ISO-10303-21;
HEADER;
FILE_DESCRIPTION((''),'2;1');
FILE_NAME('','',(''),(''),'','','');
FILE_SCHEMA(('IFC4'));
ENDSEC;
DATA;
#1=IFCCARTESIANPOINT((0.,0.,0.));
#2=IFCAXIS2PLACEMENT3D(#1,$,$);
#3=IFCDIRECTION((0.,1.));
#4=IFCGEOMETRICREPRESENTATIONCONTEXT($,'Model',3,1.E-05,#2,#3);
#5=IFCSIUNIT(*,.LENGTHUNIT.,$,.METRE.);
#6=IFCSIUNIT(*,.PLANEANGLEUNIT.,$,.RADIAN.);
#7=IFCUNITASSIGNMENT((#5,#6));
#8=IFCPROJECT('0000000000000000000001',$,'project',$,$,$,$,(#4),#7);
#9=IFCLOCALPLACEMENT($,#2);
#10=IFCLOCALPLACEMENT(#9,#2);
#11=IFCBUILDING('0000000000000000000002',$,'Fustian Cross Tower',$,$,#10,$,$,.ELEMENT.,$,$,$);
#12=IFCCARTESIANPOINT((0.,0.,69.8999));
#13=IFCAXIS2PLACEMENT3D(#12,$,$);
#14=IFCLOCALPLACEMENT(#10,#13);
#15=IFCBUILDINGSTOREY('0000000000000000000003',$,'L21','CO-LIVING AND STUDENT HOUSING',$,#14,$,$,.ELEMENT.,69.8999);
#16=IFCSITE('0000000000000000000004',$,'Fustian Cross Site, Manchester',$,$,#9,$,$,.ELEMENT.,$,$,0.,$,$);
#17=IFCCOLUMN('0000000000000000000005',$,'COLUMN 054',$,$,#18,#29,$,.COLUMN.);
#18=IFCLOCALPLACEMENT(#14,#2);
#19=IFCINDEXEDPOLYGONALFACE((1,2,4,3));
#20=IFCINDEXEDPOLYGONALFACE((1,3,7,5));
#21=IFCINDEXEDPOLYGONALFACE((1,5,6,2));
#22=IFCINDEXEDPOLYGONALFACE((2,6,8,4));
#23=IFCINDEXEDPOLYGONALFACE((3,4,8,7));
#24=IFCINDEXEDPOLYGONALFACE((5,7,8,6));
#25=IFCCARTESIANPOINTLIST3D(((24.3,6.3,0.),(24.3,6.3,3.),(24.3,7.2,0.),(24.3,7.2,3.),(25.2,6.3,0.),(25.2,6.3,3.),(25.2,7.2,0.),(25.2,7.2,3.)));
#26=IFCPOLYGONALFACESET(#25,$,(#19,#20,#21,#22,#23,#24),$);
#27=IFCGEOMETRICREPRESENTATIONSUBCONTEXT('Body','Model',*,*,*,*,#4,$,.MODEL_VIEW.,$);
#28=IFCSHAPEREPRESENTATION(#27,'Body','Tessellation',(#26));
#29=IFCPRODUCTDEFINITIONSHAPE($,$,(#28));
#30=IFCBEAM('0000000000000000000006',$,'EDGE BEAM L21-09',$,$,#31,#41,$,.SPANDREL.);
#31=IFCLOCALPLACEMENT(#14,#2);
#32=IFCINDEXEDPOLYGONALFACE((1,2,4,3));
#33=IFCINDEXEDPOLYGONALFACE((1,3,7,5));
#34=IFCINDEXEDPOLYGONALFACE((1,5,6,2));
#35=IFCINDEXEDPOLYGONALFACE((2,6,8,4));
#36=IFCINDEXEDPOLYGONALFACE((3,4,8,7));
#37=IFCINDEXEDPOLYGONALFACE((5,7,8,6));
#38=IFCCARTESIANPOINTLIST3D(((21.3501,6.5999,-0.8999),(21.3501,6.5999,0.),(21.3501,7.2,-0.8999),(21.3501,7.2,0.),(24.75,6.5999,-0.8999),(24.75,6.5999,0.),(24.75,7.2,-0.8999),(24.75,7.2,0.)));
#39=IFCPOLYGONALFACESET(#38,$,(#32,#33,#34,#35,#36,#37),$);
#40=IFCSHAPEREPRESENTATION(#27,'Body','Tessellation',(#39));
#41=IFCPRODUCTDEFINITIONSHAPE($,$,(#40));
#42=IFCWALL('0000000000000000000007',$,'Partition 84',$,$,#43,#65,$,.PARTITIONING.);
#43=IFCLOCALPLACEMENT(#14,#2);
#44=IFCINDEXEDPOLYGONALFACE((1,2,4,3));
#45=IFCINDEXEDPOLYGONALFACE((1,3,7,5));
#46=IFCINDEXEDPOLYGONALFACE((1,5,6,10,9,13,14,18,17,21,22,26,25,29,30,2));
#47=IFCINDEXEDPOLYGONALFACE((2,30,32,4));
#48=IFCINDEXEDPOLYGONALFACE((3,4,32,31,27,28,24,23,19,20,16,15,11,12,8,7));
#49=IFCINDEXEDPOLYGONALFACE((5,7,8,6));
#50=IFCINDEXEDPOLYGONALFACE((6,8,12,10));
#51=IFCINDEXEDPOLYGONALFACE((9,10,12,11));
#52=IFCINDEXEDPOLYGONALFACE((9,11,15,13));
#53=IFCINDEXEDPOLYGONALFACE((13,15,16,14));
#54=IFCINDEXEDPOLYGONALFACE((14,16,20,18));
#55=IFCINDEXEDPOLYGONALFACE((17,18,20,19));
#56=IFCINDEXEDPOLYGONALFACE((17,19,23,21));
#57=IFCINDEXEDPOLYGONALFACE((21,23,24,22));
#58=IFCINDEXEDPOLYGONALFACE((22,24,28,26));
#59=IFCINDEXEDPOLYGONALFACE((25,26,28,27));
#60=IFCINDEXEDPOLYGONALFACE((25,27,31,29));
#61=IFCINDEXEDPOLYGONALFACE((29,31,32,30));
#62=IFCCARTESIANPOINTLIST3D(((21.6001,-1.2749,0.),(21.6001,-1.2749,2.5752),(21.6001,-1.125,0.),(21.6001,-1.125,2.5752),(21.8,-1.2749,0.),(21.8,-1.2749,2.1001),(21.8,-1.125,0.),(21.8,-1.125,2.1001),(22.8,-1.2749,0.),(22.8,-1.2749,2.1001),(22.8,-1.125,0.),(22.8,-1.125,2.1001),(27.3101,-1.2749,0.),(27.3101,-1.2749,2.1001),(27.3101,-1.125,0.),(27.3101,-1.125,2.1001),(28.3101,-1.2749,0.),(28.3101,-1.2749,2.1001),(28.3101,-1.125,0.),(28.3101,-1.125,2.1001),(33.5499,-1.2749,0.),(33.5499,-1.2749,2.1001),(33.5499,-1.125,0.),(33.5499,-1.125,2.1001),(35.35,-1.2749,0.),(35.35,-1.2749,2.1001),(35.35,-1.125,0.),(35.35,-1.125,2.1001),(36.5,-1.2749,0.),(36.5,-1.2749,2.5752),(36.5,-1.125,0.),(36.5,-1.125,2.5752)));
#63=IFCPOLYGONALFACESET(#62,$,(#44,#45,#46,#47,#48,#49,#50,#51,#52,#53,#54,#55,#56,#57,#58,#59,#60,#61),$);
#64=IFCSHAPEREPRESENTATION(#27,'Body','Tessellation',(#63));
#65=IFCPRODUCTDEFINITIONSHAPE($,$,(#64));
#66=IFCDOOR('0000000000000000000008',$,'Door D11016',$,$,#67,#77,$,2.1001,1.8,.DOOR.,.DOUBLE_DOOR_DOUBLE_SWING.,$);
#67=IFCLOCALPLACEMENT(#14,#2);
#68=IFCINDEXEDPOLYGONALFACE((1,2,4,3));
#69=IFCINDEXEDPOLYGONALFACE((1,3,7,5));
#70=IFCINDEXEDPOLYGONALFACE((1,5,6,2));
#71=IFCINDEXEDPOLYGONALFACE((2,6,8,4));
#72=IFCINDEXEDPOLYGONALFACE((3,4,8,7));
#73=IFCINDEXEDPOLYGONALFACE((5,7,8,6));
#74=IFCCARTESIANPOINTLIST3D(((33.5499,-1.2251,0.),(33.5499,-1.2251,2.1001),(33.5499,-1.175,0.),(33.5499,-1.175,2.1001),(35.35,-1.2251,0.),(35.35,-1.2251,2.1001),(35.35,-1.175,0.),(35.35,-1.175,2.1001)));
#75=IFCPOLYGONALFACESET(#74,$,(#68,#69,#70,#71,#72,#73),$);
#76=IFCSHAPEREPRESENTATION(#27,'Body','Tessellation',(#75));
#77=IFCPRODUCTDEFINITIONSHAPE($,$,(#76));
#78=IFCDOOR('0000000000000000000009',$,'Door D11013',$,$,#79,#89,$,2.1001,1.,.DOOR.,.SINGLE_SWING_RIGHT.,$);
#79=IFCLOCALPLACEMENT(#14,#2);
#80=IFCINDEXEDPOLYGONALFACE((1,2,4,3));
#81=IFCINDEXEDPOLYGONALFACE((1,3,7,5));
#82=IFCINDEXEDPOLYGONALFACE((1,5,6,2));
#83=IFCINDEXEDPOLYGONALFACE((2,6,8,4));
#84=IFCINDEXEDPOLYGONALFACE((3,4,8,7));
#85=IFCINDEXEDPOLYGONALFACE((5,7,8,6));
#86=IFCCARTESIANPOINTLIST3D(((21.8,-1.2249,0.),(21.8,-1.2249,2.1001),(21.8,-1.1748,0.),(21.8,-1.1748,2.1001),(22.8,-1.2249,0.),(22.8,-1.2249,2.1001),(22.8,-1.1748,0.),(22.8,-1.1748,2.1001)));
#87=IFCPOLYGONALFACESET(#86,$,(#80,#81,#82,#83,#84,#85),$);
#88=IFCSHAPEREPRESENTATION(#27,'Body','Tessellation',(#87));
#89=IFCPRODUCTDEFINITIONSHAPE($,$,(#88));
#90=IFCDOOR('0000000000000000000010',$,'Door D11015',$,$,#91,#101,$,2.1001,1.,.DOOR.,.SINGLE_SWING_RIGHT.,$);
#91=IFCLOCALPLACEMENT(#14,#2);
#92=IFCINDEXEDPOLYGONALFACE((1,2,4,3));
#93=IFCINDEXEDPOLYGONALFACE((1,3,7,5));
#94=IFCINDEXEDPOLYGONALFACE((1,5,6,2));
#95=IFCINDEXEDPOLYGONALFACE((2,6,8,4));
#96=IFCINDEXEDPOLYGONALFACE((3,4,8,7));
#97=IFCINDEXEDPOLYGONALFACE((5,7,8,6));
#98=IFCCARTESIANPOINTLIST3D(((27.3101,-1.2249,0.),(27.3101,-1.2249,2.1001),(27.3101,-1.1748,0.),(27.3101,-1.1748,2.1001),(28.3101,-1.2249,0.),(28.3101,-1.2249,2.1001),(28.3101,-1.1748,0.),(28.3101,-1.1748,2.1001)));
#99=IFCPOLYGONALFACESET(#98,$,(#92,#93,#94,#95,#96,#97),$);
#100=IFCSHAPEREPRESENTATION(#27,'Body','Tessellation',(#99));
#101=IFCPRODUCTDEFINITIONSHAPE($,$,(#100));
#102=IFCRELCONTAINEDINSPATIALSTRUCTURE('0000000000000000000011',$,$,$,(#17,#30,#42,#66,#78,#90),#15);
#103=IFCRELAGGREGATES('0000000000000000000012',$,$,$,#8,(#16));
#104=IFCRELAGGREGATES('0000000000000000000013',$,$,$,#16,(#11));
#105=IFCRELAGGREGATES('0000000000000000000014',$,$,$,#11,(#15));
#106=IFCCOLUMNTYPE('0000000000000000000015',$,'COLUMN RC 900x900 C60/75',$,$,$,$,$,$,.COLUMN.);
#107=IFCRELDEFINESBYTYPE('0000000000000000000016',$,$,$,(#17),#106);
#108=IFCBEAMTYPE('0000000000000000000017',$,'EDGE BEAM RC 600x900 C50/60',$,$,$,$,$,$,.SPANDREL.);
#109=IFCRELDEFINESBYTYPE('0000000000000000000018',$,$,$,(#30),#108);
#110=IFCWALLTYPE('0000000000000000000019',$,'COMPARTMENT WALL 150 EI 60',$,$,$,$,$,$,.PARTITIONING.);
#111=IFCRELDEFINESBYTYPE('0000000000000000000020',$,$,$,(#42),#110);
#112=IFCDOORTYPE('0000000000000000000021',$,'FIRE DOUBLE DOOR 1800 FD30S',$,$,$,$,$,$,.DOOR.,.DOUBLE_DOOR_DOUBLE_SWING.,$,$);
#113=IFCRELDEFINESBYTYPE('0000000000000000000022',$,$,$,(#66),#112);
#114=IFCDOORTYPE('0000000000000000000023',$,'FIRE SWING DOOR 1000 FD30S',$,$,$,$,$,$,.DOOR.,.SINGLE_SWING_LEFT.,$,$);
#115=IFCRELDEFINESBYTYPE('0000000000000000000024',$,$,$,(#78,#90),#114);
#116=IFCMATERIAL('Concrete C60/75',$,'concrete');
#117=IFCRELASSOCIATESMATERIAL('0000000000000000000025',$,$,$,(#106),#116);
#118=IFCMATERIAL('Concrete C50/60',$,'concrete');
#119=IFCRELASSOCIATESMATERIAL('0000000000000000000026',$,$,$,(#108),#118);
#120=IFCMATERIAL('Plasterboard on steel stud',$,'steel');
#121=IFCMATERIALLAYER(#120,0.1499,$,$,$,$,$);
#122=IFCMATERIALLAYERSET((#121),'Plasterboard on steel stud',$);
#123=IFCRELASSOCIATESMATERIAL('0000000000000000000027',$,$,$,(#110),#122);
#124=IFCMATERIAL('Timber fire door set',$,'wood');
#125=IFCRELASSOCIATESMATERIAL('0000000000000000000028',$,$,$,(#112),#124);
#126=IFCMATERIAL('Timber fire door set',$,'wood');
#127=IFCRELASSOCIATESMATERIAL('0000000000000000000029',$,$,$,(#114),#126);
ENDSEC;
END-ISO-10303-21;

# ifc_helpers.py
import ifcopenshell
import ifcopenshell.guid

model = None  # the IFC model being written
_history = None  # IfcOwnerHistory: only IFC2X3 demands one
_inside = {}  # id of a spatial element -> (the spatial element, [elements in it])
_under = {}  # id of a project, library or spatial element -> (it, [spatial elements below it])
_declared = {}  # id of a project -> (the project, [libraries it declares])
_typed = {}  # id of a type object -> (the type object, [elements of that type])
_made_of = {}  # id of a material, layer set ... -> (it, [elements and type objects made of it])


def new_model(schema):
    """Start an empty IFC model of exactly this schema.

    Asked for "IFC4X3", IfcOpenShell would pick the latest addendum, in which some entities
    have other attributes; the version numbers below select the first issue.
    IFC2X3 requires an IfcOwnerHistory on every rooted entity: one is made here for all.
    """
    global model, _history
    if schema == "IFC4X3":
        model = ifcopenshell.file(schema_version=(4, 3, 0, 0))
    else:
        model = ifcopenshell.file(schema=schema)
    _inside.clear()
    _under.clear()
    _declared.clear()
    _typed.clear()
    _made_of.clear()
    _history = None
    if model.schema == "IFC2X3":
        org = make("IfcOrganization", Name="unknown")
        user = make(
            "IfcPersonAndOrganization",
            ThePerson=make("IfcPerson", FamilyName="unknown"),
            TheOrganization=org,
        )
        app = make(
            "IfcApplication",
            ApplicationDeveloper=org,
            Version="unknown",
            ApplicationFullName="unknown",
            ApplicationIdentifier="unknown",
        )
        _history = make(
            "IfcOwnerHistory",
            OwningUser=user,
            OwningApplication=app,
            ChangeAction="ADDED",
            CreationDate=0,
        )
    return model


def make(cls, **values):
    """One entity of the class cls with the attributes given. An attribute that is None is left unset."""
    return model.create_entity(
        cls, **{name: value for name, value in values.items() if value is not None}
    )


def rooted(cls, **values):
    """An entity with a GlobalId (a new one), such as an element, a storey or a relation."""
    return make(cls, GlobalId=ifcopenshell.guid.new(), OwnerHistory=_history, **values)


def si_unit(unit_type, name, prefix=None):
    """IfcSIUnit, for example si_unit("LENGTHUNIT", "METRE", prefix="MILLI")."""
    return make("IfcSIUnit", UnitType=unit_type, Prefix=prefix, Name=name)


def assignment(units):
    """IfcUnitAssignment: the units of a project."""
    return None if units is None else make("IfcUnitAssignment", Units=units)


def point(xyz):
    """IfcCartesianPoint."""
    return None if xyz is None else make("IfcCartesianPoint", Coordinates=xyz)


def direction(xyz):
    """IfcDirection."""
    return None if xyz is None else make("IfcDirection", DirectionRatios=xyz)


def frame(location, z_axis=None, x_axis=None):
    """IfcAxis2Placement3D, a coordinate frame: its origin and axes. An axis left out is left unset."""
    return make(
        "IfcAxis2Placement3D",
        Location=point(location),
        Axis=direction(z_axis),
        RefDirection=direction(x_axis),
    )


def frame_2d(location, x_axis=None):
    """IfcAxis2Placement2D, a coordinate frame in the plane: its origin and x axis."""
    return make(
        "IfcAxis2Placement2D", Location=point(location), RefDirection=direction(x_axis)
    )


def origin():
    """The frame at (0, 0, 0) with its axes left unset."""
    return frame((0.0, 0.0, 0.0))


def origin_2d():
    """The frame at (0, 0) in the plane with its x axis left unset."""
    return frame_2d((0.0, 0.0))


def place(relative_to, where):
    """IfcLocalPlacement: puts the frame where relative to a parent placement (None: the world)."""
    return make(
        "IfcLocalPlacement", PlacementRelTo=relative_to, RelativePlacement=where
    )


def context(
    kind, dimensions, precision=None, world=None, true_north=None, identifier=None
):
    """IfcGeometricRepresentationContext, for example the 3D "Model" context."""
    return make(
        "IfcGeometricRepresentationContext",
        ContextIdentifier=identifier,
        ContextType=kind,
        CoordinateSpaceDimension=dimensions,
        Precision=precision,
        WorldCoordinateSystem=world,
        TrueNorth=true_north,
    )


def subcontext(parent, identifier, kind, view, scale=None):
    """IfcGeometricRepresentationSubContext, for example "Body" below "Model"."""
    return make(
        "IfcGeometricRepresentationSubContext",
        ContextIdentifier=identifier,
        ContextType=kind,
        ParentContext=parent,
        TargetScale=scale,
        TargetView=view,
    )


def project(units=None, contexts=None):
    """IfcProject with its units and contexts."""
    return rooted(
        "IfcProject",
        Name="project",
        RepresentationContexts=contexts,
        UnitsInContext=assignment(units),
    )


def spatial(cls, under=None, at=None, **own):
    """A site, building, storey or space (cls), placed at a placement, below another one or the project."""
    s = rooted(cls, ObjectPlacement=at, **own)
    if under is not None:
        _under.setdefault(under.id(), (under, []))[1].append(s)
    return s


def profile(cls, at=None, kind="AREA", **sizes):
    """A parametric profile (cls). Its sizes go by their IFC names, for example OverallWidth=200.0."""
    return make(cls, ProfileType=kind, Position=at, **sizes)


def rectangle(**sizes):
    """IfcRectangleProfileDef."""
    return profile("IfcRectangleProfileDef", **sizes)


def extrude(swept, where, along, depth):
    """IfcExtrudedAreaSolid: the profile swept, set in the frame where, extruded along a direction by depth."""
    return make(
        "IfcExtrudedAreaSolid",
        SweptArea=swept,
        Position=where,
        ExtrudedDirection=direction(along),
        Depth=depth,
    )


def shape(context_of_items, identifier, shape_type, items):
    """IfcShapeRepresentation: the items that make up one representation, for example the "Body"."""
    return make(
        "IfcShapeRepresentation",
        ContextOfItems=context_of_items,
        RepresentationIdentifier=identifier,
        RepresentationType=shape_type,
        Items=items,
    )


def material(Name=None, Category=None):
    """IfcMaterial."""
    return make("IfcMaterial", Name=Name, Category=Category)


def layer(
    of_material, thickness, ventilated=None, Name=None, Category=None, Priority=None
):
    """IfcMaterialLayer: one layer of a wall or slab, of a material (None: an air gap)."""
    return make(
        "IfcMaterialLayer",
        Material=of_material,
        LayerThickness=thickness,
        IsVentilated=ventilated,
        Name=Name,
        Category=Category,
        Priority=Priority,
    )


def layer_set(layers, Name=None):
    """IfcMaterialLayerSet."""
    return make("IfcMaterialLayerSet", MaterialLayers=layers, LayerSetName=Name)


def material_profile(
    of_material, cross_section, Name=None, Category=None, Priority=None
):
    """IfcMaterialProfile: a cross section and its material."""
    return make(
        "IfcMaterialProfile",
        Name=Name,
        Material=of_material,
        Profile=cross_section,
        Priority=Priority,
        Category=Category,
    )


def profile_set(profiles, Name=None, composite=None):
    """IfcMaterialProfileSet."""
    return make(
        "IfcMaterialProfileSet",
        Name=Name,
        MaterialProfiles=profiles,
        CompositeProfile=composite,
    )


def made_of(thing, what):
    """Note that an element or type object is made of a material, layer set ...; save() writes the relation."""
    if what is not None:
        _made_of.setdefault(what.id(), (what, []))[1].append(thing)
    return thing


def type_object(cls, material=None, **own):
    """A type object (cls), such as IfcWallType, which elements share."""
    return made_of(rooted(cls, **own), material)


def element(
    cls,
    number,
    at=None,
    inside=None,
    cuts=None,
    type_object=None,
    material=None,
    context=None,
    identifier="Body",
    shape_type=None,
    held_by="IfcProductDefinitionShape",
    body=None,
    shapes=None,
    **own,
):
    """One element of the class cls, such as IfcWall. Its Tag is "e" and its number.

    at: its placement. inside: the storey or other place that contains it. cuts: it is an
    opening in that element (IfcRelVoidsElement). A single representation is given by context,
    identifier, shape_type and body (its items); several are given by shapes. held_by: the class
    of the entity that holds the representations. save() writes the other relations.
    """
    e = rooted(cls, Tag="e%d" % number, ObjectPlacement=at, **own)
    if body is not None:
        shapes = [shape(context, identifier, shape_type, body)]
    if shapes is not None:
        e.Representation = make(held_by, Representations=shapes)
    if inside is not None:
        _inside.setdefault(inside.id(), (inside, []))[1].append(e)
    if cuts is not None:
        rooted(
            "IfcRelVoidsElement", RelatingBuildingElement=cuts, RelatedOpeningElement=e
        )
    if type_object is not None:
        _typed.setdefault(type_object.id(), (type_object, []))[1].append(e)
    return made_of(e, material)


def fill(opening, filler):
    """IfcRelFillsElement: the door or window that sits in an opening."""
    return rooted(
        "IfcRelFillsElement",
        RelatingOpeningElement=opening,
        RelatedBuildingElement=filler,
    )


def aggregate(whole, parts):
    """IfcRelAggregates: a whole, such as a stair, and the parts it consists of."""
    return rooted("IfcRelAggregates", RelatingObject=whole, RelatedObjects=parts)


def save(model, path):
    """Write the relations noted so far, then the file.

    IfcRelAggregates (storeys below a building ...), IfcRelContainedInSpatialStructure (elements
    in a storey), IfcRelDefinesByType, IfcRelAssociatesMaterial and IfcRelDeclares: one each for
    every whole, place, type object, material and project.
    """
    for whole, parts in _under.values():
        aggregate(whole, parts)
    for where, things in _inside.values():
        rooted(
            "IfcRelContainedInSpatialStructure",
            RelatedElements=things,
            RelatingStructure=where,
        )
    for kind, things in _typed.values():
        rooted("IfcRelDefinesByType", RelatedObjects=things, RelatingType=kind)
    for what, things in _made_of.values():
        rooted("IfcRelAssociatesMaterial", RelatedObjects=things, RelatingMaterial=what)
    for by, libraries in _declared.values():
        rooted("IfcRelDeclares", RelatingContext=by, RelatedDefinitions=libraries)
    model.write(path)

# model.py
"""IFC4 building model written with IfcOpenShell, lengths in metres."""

from ifc_helpers import new_model, si_unit, direction, frame, frame_2d, origin, origin_2d, place, context, subcontext, project, spatial, rectangle, extrude, material, layer, layer_set, material_profile, profile_set, type_object, element, fill, save


model = new_model("IFC4")

# Units and contexts
model_context = context("Model", 3, precision=1e-05, world=origin(), true_north=direction((0.0, 1.0)))
body_context = subcontext(model_context, "Body", "Model", "MODEL_VIEW")
ifc_project = project(units=[si_unit("LENGTHUNIT", "METRE"), si_unit("PLANEANGLEUNIT", "RADIAN")], contexts=[model_context])

# Site, building, storey
site_placement = place(None, origin())
site = spatial("IfcSite", under=ifc_project, at=site_placement, Name="Fustian Cross Site, Manchester", CompositionType="ELEMENT", RefElevation=0.0)
building_placement = place(site_placement, origin())
building = spatial("IfcBuilding", under=site, at=building_placement, Name="Fustian Cross Tower", CompositionType="ELEMENT")
storey_placement = place(building_placement, frame((0.0, 0.0, 69.8999)))
storey = spatial("IfcBuildingStorey", under=building, at=storey_placement, Name="L21", Description="CO-LIVING AND STUDENT HOUSING", CompositionType="ELEMENT", Elevation=69.8999)

# Column
ifc_material_1 = material(Name="Concrete C60/75", Category="concrete")
ifc_material_profile_1 = material_profile(ifc_material_1, rectangle(XDim=0.8999, YDim=0.8999, at=origin_2d()), Name="RC 900x900")
ifc_profile_set_1 = profile_set([ifc_material_profile_1], Name="Concrete C60/75")
column_type = type_object("IfcColumnType", Name="COLUMN RC 900x900 C60/75", PredefinedType="COLUMN", material=ifc_profile_set_1)
column_placement = place(storey_placement, frame((24.75, 6.75, 0.0), z_axis=(0.0, 0.0, 1.0), x_axis=(1.0, 0.0, 0.0)))
element("IfcColumn", 1, at=column_placement, inside=storey, type_object=column_type, Name="COLUMN 054", PredefinedType="COLUMN", context=body_context, shape_type="SweptSolid", body=[
    extrude(rectangle(XDim=0.8999, YDim=0.8999, at=origin_2d()), origin(), (0.0, 0.0, 1.0), 3.0),
])

# Beam
ifc_material_2 = material(Name="Concrete C50/60", Category="concrete")
ifc_material_profile_2 = material_profile(ifc_material_2, rectangle(XDim=0.6001, YDim=0.8999, at=origin_2d()), Name="RC 600x900")
ifc_profile_set_2 = profile_set([ifc_material_profile_2], Name="Concrete C50/60")
beam_type = type_object("IfcBeamType", Name="EDGE BEAM RC 600x900 C50/60", PredefinedType="SPANDREL", material=ifc_profile_set_2)
beam_placement = place(storey_placement, frame((24.75, 6.8999, -0.45), z_axis=(-1.0, 0.0, 0.0), x_axis=(0.0, -1.0, 0.0)))
element("IfcBeam", 2, at=beam_placement, inside=storey, type_object=beam_type, Name="EDGE BEAM L21-09", PredefinedType="SPANDREL", context=body_context, shape_type="SweptSolid", body=[
    extrude(rectangle(XDim=0.6001, YDim=0.8999, at=origin_2d()), origin(), (0.0, 0.0, 1.0), 3.3999),
])

# Wall, openings, doors
ifc_material_3 = material(Name="Plasterboard on steel stud", Category="steel")
ifc_layer_1 = layer(ifc_material_3, 0.1499)
ifc_layer_set_1 = layer_set([ifc_layer_1], Name="Plasterboard on steel stud")
wall_type_1 = type_object("IfcWallType", Name="COMPARTMENT WALL 150 EI 60", PredefinedType="PARTITIONING", material=ifc_layer_set_1)
wall_1_placement = place(storey_placement, frame((21.6001, -1.2, 0.0), z_axis=(0.0, 0.0, 1.0), x_axis=(1.0, 0.0, 0.0)))
wall_1 = element("IfcWall", 3, at=wall_1_placement, inside=storey, type_object=wall_type_1, Name="Partition 84", PredefinedType="PARTITIONING", context=body_context, shape_type="SweptSolid", body=[
    extrude(rectangle(XDim=14.8999, YDim=0.1499, at=frame_2d((7.45, 0.0))), origin(), (0.0, 0.0, 1.0), 2.5752),
])
opening_1_placement = place(wall_1_placement, frame((0.2, 0.0, 0.0)))
opening_1 = element("IfcOpeningElement", 4, at=opening_1_placement, cuts=wall_1, PredefinedType="OPENING", context=body_context, shape_type="SweptSolid", body=[
    extrude(rectangle(XDim=1.0, YDim=2.1001, at=frame_2d((0.5, 1.05))), frame((0.0, 0.085, 0.0), z_axis=(0.0, -1.0, 0.0), x_axis=(1.0, 0.0, 0.0)), (0.0, 0.0, 1.0), 0.1699),
])
opening_2_placement = place(wall_1_placement, frame((5.71, 0.0, 0.0)))
opening_2 = element("IfcOpeningElement", 5, at=opening_2_placement, cuts=wall_1, PredefinedType="OPENING", context=body_context, shape_type="SweptSolid", body=[
    extrude(rectangle(XDim=1.0, YDim=2.1001, at=frame_2d((0.5, 1.05))), frame((0.0, 0.085, 0.0), z_axis=(0.0, -1.0, 0.0), x_axis=(1.0, 0.0, 0.0)), (0.0, 0.0, 1.0), 0.1699),
])
opening_3_placement = place(wall_1_placement, frame((11.95, 0.0, 0.0)))
opening_3 = element("IfcOpeningElement", 6, at=opening_3_placement, cuts=wall_1, PredefinedType="OPENING", context=body_context, shape_type="SweptSolid", body=[
    extrude(rectangle(XDim=1.8, YDim=2.1001, at=frame_2d((0.8999, 1.05))), frame((0.0, 0.085, 0.0), z_axis=(0.0, -1.0, 0.0), x_axis=(1.0, 0.0, 0.0)), (0.0, 0.0, 1.0), 0.1699),
])
ifc_material_4 = material(Name="Timber fire door set", Category="wood")
door_type_1 = type_object("IfcDoorType", Name="FIRE DOUBLE DOOR 1800 FD30S", OperationType="DOUBLE_DOOR_DOUBLE_SWING", PredefinedType="DOOR", material=ifc_material_4)
door_1_placement = place(opening_3_placement, origin())
door_1 = element("IfcDoor", 7, at=door_1_placement, inside=storey, type_object=door_type_1, Name="Door D11016", OperationType="DOUBLE_DOOR_DOUBLE_SWING", OverallHeight=2.1001, OverallWidth=1.8, PredefinedType="DOOR", context=body_context, shape_type="SweptSolid", body=[
    extrude(rectangle(XDim=1.8, YDim=2.1001, at=frame_2d((0.8999, 1.05))), frame((0.0, 0.0249, 0.0), z_axis=(0.0, -1.0, 0.0), x_axis=(1.0, 0.0, 0.0)), (0.0, 0.0, 1.0), 0.05),
])
fill(opening_3, door_1)
ifc_material_5 = material(Name="Timber fire door set", Category="wood")
door_type_2 = type_object("IfcDoorType", Name="FIRE SWING DOOR 1000 FD30S", OperationType="SINGLE_SWING_LEFT", PredefinedType="DOOR", material=ifc_material_5)
door_2_placement = place(opening_1_placement, frame((1.0, 0.0, 0.0), z_axis=(0.0, 0.0, 1.0), x_axis=(-1.0, 0.0, 0.0)))
door_2 = element("IfcDoor", 8, at=door_2_placement, inside=storey, type_object=door_type_2, Name="Door D11013", OperationType="SINGLE_SWING_RIGHT", OverallHeight=2.1001, OverallWidth=1.0, PredefinedType="DOOR", context=body_context, shape_type="SweptSolid", body=[
    extrude(rectangle(XDim=1.0, YDim=2.1001, at=frame_2d((0.5, 1.05))), frame((0.0, 0.0249, 0.0), z_axis=(0.0, -1.0, 0.0), x_axis=(1.0, 0.0, 0.0)), (0.0, 0.0, 1.0), 0.05),
])
fill(opening_1, door_2)
door_3_placement = place(opening_2_placement, frame((1.0, 0.0, 0.0), z_axis=(0.0, 0.0, 1.0), x_axis=(-1.0, 0.0, 0.0)))
door_3 = element("IfcDoor", 9, at=door_3_placement, inside=storey, type_object=door_type_2, Name="Door D11015", OperationType="SINGLE_SWING_RIGHT", OverallHeight=2.1001, OverallWidth=1.0, PredefinedType="DOOR", context=body_context, shape_type="SweptSolid", body=[
    extrude(rectangle(XDim=1.0, YDim=2.1001, at=frame_2d((0.5, 1.05))), frame((0.0, 0.0249, 0.0), z_axis=(0.0, -1.0, 0.0), x_axis=(1.0, 0.0, 0.0)), (0.0, 0.0, 1.0), 0.05),
])
fill(opening_2, door_3)

save(model, "model.ifc")
